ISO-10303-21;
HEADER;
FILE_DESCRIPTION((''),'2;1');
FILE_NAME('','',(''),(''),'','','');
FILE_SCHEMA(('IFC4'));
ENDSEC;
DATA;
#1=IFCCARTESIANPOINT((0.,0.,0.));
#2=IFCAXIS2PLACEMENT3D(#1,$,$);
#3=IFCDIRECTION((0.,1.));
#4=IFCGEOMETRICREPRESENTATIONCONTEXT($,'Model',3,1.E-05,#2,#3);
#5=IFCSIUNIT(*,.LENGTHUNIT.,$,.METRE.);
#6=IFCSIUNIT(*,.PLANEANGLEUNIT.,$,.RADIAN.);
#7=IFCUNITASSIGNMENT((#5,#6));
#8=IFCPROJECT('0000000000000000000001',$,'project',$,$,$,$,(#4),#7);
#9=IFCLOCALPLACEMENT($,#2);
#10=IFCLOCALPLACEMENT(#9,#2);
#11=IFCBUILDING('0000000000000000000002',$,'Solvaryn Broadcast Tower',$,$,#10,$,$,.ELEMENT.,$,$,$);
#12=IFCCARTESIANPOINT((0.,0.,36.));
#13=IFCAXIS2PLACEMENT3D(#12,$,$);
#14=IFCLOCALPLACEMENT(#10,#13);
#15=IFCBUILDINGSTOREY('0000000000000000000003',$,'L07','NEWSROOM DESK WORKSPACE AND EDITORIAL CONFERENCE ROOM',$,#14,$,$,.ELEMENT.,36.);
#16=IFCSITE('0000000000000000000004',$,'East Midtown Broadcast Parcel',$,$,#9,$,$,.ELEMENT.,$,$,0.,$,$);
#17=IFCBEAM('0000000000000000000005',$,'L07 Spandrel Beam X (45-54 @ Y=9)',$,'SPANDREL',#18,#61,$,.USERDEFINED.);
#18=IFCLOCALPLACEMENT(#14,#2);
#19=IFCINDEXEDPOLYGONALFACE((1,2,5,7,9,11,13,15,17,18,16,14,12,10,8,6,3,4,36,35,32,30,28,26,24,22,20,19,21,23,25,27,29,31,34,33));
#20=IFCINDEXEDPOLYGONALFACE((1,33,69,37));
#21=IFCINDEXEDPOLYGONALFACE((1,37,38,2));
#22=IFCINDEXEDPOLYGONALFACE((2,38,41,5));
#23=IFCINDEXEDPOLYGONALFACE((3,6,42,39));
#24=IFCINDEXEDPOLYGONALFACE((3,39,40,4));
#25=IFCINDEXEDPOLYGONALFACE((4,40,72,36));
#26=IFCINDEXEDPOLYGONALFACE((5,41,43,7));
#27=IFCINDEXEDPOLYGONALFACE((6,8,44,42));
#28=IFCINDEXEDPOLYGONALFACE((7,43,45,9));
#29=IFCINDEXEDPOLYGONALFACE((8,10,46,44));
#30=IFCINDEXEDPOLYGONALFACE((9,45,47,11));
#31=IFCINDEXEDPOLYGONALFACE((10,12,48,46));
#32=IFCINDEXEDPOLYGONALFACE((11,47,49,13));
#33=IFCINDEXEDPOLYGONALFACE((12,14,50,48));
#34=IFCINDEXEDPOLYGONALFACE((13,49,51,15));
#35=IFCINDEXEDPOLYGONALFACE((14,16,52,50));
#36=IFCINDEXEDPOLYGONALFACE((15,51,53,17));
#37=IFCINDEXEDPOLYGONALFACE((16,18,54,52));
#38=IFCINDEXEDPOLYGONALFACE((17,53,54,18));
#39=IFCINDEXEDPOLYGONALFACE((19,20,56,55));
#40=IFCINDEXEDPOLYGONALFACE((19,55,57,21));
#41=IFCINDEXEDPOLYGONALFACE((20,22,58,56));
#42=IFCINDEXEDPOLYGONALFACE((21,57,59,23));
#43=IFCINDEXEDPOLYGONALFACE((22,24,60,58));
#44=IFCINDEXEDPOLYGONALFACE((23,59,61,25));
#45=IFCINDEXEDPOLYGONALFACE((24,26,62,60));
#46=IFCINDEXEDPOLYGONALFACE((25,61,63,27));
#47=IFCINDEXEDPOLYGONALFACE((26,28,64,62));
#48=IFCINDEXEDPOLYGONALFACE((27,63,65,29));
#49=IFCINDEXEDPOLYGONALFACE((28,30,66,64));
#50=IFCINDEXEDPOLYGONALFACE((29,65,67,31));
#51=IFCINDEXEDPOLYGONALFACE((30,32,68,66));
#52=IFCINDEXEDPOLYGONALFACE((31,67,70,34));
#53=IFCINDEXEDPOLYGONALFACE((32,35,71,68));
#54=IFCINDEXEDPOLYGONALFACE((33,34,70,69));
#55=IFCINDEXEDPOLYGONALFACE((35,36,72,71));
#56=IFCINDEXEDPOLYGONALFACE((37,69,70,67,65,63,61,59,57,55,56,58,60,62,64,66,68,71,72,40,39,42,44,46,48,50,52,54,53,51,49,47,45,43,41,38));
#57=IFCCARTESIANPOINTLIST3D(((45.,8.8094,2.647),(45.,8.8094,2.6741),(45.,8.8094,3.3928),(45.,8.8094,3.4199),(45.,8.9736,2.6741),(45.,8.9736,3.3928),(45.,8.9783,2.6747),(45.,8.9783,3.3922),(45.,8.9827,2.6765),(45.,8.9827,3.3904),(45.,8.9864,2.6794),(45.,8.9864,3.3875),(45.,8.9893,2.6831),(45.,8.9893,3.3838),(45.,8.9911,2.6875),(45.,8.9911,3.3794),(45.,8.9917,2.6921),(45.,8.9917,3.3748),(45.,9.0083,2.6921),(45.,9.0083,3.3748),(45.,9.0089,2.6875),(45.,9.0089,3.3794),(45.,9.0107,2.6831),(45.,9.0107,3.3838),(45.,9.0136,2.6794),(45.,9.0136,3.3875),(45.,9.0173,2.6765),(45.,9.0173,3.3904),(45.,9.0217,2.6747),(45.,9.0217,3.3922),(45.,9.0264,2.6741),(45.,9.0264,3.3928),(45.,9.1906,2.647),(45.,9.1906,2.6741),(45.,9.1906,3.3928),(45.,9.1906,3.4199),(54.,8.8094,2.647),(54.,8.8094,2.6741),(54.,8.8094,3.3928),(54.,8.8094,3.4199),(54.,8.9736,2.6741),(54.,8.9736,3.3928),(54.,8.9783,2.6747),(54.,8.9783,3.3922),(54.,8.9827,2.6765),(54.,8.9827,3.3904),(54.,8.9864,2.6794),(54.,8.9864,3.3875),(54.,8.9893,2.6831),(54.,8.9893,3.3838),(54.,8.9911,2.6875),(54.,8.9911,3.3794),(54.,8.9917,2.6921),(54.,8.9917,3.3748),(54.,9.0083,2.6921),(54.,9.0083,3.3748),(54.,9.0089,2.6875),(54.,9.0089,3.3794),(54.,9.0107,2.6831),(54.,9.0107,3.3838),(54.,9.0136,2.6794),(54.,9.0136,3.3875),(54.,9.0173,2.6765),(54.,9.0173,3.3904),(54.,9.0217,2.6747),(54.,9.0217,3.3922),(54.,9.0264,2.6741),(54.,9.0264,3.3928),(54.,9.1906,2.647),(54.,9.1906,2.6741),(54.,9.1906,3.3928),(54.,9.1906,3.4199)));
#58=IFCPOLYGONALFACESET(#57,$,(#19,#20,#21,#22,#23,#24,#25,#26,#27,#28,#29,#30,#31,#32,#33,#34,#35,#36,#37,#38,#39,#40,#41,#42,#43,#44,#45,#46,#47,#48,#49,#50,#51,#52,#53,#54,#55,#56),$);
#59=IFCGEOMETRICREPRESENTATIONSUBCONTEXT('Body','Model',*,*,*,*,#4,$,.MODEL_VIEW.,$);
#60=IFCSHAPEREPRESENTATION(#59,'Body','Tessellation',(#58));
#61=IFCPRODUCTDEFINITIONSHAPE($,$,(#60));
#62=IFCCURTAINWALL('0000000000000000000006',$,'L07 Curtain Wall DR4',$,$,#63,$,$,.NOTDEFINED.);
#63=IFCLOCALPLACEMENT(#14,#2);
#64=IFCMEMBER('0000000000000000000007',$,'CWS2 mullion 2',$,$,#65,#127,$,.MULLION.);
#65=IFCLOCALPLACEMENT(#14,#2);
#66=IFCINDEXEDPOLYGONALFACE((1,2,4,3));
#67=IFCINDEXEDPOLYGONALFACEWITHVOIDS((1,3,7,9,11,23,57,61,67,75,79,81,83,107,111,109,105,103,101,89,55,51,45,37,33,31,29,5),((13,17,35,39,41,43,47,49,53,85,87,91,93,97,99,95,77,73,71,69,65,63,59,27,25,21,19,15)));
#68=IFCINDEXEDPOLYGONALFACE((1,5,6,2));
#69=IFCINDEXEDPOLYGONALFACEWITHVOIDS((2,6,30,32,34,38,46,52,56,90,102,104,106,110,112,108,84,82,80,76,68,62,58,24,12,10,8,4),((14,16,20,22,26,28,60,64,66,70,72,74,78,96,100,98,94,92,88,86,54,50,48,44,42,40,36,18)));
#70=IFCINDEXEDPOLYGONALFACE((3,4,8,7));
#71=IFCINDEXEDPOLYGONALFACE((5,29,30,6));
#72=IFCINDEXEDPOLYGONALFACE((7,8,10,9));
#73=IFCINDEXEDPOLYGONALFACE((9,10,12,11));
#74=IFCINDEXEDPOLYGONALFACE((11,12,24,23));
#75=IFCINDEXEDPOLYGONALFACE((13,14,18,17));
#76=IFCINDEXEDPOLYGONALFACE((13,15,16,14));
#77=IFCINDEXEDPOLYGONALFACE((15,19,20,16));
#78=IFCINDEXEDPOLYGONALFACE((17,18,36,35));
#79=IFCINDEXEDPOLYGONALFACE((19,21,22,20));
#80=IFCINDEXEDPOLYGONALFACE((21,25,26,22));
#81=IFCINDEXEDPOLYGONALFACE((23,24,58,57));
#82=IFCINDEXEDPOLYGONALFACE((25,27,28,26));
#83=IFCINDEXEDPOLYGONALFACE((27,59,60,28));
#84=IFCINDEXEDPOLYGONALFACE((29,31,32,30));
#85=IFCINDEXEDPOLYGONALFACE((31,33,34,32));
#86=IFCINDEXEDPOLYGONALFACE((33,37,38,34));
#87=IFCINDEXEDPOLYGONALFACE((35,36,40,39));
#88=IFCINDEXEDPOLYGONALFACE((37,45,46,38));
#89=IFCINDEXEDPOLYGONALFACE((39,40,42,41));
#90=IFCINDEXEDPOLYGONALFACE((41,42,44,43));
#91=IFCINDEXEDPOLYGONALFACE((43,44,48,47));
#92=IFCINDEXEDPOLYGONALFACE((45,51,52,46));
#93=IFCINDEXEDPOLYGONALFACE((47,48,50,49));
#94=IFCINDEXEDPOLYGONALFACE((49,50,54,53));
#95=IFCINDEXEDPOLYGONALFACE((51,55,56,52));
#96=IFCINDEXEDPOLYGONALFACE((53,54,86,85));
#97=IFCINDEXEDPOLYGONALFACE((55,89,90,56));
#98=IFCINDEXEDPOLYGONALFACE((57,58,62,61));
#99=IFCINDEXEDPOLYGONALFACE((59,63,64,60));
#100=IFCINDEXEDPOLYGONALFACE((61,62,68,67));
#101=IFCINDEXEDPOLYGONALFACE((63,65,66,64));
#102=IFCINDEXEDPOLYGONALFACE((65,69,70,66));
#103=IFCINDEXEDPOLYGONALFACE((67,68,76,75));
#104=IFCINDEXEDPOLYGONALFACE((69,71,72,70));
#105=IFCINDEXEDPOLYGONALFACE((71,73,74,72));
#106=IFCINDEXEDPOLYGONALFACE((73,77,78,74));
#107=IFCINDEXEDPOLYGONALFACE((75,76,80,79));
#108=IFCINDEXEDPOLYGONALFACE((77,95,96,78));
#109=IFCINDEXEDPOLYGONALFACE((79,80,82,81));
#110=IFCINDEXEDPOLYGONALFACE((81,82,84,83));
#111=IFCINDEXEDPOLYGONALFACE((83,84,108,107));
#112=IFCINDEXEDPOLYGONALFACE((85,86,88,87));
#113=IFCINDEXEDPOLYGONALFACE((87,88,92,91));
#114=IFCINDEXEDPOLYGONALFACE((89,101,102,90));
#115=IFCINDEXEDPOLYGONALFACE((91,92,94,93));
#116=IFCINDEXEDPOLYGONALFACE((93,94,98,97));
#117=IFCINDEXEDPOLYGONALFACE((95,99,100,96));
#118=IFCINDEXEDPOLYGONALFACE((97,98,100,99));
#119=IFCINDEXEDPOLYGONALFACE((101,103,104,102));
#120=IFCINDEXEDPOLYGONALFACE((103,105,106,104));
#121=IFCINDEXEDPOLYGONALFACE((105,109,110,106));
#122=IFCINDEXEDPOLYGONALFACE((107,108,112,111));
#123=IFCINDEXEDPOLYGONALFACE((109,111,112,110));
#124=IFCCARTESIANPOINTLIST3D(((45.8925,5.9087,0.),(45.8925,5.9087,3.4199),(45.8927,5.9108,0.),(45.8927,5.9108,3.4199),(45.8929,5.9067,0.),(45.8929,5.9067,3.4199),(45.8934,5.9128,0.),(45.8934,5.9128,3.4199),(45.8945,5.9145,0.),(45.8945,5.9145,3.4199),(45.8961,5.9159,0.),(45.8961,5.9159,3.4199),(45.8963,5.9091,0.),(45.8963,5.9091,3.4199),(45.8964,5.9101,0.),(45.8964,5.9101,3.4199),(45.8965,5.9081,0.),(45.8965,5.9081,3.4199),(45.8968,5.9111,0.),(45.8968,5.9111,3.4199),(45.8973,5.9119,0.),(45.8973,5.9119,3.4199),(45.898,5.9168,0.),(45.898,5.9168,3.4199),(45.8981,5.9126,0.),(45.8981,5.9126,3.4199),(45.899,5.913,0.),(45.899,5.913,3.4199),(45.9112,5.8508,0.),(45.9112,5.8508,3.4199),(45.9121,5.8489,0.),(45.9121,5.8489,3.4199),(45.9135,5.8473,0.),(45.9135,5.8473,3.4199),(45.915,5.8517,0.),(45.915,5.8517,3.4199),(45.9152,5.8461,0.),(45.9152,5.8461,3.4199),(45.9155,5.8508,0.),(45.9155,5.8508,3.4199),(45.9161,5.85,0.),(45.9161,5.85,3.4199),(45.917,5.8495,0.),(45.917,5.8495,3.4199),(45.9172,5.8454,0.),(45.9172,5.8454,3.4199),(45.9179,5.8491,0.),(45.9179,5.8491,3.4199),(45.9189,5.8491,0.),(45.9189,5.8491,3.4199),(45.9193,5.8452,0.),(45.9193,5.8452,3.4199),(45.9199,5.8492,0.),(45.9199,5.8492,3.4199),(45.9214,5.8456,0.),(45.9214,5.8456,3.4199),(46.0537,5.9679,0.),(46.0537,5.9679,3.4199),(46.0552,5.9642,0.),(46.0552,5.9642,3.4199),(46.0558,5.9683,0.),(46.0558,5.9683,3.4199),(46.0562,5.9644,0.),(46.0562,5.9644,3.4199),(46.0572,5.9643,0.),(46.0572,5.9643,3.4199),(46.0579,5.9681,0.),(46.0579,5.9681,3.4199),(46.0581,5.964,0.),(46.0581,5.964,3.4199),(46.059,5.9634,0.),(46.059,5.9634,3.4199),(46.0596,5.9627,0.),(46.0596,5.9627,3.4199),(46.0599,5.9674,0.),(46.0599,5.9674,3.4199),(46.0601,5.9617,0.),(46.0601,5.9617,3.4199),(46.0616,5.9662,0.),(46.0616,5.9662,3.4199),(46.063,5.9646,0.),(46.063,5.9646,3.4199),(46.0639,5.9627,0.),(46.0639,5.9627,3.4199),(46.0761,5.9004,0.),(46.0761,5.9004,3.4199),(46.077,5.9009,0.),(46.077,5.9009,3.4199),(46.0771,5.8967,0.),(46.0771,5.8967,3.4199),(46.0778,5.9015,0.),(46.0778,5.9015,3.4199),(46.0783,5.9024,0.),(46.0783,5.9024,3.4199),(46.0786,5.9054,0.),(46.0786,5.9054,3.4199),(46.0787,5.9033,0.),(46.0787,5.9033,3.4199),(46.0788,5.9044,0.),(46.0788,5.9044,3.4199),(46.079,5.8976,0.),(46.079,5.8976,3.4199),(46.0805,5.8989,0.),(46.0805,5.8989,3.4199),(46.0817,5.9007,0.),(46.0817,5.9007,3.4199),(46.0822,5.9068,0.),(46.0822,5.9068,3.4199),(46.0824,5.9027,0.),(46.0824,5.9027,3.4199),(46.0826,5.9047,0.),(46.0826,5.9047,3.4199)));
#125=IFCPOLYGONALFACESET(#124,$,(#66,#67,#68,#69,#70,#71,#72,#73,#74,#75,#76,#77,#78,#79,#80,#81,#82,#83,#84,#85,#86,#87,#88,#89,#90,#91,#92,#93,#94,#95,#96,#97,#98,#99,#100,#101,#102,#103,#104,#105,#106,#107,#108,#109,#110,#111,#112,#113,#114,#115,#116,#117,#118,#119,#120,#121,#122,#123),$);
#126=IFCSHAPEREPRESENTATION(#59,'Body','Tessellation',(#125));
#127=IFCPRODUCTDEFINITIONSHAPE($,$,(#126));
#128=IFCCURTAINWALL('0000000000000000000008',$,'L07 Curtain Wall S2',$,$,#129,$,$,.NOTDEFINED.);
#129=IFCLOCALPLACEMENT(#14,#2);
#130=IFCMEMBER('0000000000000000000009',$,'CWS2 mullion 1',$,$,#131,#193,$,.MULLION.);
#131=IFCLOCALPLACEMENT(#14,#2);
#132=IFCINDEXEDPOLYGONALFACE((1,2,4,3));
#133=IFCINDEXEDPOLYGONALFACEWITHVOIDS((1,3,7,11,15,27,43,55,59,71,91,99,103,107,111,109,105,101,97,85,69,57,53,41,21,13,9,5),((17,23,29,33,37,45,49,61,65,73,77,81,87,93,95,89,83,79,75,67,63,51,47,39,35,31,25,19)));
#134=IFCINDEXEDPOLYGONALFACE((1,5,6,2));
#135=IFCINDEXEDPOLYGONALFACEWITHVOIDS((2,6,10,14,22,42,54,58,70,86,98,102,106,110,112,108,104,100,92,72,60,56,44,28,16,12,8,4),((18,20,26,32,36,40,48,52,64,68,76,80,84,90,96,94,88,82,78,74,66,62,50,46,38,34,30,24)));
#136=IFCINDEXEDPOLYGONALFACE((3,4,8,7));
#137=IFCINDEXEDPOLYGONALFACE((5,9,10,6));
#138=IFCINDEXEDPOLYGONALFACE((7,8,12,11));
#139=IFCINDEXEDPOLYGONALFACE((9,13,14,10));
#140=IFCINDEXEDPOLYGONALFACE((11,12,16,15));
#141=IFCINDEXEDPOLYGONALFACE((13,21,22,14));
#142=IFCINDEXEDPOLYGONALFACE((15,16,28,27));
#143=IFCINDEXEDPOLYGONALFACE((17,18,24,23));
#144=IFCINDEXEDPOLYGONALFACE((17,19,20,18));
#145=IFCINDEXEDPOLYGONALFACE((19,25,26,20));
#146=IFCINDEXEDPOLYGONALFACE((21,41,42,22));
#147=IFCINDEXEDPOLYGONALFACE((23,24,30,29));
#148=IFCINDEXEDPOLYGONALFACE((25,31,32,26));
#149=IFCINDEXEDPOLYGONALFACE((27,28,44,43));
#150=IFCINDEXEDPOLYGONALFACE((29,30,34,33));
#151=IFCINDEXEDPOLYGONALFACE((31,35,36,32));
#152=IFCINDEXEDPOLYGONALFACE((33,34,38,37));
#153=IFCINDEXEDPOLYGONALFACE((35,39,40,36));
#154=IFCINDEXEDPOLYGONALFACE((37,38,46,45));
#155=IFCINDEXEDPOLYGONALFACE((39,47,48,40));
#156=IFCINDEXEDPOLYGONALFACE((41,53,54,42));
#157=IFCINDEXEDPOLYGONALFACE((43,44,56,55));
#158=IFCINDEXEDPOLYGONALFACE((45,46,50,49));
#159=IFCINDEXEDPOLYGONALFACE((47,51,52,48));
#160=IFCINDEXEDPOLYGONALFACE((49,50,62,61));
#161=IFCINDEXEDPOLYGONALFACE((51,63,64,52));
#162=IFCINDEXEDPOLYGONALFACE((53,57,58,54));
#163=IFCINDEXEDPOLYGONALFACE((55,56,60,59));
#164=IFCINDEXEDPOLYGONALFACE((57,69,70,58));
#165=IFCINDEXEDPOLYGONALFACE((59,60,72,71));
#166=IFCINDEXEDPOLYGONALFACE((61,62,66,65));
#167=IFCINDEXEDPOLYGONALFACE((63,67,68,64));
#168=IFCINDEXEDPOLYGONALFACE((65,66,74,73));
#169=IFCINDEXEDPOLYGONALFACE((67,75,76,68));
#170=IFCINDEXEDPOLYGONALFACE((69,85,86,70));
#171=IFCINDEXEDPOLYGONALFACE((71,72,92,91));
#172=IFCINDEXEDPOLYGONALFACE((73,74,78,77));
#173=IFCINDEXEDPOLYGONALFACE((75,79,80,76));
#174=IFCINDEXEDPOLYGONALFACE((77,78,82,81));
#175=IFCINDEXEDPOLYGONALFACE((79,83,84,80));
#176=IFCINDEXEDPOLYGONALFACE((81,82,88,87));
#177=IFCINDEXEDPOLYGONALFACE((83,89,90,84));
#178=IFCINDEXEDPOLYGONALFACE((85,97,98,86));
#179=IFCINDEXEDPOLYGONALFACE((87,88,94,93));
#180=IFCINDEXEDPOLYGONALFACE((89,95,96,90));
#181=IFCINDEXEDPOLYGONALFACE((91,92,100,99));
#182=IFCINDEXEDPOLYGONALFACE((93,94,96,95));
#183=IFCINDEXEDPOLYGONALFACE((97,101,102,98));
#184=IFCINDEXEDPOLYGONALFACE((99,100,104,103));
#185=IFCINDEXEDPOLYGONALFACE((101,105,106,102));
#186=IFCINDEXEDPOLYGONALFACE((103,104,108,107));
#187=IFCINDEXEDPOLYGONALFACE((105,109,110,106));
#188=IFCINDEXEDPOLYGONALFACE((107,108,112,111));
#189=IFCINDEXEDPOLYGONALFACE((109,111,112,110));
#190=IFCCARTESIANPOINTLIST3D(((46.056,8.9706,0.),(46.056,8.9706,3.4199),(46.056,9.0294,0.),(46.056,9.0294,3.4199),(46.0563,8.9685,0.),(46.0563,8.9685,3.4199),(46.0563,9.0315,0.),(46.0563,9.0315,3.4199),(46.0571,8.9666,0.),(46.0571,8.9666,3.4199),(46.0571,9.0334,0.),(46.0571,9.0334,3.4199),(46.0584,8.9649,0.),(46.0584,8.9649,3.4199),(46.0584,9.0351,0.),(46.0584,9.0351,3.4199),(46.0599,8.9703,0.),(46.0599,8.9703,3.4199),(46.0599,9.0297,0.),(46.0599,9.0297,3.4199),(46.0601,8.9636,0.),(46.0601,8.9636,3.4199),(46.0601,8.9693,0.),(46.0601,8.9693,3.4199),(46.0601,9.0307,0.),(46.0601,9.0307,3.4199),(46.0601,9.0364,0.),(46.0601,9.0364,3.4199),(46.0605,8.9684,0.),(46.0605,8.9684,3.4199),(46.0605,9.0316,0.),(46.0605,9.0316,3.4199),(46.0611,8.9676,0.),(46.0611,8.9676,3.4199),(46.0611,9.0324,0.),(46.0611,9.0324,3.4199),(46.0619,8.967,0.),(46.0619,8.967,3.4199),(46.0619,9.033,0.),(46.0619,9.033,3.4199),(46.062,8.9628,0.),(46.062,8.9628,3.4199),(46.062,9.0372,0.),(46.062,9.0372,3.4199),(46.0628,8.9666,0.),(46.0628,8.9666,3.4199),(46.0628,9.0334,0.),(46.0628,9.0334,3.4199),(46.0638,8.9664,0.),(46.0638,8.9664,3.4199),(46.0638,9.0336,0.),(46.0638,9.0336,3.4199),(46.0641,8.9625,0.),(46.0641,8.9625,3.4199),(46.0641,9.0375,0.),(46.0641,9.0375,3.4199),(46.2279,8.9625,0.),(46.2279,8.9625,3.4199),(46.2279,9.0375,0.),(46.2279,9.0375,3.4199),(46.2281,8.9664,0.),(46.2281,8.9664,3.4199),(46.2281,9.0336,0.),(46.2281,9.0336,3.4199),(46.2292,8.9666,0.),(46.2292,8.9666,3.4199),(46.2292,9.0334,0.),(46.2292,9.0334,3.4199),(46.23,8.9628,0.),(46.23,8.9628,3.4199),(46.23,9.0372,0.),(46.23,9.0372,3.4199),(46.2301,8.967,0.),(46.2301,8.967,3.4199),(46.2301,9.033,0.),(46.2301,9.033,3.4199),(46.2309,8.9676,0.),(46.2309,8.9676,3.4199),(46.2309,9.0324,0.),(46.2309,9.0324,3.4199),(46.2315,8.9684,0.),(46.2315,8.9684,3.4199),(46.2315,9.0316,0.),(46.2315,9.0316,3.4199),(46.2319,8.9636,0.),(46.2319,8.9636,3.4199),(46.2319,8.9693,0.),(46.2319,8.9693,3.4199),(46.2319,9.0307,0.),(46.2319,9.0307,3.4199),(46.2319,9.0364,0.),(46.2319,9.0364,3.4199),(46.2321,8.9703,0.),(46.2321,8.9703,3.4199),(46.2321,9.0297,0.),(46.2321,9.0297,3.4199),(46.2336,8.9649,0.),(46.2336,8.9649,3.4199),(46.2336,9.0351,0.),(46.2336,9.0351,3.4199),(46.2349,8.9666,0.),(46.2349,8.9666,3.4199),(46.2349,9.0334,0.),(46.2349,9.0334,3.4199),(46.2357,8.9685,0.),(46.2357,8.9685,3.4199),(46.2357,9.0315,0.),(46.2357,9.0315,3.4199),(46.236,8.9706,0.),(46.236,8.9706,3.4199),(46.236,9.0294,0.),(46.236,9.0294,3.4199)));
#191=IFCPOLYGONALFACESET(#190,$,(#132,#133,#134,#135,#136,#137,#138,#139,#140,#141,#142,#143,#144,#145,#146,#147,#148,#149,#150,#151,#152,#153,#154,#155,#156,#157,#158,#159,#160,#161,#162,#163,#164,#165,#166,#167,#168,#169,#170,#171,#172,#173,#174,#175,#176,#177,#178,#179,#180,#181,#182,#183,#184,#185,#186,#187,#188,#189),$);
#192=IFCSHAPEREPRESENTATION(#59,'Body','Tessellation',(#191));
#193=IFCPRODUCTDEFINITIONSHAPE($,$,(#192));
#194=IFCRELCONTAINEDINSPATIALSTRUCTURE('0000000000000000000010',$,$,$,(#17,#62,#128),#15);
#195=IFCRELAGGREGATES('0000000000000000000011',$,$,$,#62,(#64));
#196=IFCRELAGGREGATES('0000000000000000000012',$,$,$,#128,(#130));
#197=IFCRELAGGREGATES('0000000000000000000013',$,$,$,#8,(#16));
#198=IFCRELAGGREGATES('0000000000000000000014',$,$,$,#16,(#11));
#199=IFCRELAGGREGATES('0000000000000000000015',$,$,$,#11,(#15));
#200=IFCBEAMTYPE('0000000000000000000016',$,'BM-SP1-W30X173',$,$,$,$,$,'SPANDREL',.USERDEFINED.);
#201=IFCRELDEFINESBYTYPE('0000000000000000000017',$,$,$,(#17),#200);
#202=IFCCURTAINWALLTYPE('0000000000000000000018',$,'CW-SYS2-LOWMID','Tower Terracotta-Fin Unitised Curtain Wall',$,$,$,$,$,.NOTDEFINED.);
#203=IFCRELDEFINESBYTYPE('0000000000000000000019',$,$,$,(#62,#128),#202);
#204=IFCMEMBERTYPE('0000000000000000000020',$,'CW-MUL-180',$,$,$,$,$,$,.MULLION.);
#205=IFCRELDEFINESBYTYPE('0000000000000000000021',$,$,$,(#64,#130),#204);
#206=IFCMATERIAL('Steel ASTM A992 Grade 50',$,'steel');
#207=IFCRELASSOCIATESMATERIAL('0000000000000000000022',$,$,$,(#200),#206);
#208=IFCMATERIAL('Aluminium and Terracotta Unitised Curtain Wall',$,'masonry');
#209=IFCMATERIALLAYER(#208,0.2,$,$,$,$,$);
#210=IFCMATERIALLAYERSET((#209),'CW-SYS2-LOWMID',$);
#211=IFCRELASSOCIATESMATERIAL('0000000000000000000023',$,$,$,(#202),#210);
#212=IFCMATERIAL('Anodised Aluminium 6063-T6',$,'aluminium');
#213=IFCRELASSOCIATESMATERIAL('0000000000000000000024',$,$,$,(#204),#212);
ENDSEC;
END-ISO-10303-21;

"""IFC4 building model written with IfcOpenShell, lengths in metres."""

from ifc_helpers import new_model, si_unit, direction, frame, origin, origin_2d, place, context, subcontext, project, spatial, hollow_rectangle, i_section, extrude, material, layer, layer_set, material_profile, profile_set, type_object, element, aggregate, save


model = new_model("IFC4")

# Units and contexts
model_context = context("Model", 3, precision=1e-05, world=origin(), true_north=direction((0.0, 1.0)))
body_context = subcontext(model_context, "Body", "Model", "MODEL_VIEW")
ifc_project = project(units=[si_unit("LENGTHUNIT", "METRE"), si_unit("PLANEANGLEUNIT", "RADIAN")], contexts=[model_context])

# Site, building, storey
site_placement = place(None, origin())
site = spatial("IfcSite", under=ifc_project, at=site_placement, Name="East Midtown Broadcast Parcel", CompositionType="ELEMENT", RefElevation=0.0)
building_placement = place(site_placement, origin())
building = spatial("IfcBuilding", under=site, at=building_placement, Name="Solvaryn Broadcast Tower", CompositionType="ELEMENT")
storey_placement = place(building_placement, frame((0.0, 0.0, 36.0)))
storey = spatial("IfcBuildingStorey", under=building, at=storey_placement, Name="L07", Description="NEWSROOM DESK WORKSPACE AND EDITORIAL CONFERENCE ROOM", CompositionType="ELEMENT", Elevation=36.0)

# Beam
ifc_material_1 = material(Name="Steel ASTM A992 Grade 50", Category="steel")
ifc_material_profile_1 = material_profile(ifc_material_1, i_section(OverallWidth=0.3811, OverallDepth=0.7729, WebThickness=0.0166, FlangeThickness=0.0271, FilletRadius=0.0181, at=origin_2d()))
ifc_profile_set_1 = profile_set([ifc_material_profile_1], Name="Steel ASTM A992 Grade 50")
beam_type_1 = type_object("IfcBeamType", Name="BM-SP1-W30X173", ElementType="SPANDREL", PredefinedType="USERDEFINED", material=ifc_profile_set_1)
beam_1_placement = place(storey_placement, frame((45.0, 9.0, 3.0334), z_axis=(1.0, 0.0, 0.0), x_axis=(0.0, 1.0, 0.0)))
element("IfcBeam", 1, at=beam_1_placement, inside=storey, type_object=beam_type_1, Name="L07 Spandrel Beam X (45-54 @ Y=9)", ObjectType="SPANDREL", PredefinedType="USERDEFINED", context=body_context, shape_type="SweptSolid", body=[
    extrude(i_section(OverallWidth=0.3811, OverallDepth=0.7729, WebThickness=0.0166, FlangeThickness=0.0271, FilletRadius=0.0181, at=origin_2d()), origin(), (0.0, 0.0, 1.0), 9.0),
])

# Curtain wall, member
ifc_material_2 = material(Name="Aluminium and Terracotta Unitised Curtain Wall", Category="masonry")
ifc_layer_1 = layer(ifc_material_2, 0.2)
ifc_layer_set_1 = layer_set([ifc_layer_1], Name="CW-SYS2-LOWMID")
curtain_wall_type = type_object("IfcCurtainWallType", Name="CW-SYS2-LOWMID", Description="Tower Terracotta-Fin Unitised Curtain Wall", PredefinedType="NOTDEFINED", material=ifc_layer_set_1)
curtain_wall_1_placement = place(storey_placement, origin())
curtain_wall_1 = element("IfcCurtainWall", 2, at=curtain_wall_1_placement, inside=storey, type_object=curtain_wall_type, Name="L07 Curtain Wall DR4", PredefinedType="NOTDEFINED")
ifc_material_3 = material(Name="Anodised Aluminium 6063-T6", Category="aluminium")
ifc_material_profile_2 = material_profile(ifc_material_3, hollow_rectangle(XDim=0.075, YDim=0.1799, WallThickness=0.0039, InnerFilletRadius=0.0039, OuterFilletRadius=0.0081, at=origin_2d()))
ifc_profile_set_2 = profile_set([ifc_material_profile_2], Name="Anodised Aluminium 6063-T6")
member_type_1 = type_object("IfcMemberType", Name="CW-MUL-180", PredefinedType="MULLION", material=ifc_profile_set_2)
member_1_placement = place(storey_placement, frame((45.9875, 5.9067, 0.0), z_axis=(0.0, 0.0, 1.0), x_axis=(-0.311594, 0.950215, 0.0)))
member_1 = element("IfcMember", 3, at=member_1_placement, type_object=member_type_1, Name="CWS2 mullion 2", PredefinedType="MULLION", context=body_context, shape_type="SweptSolid", body=[
    extrude(hollow_rectangle(XDim=0.075, YDim=0.1799, WallThickness=0.0039, InnerFilletRadius=0.0039, OuterFilletRadius=0.0081, at=origin_2d()), origin(), (0.0, 0.0, 1.0), 3.4199),
])
aggregate(curtain_wall_1, [member_1])

# Curtain wall, member
curtain_wall_2_placement = place(storey_placement, origin())
curtain_wall_2 = element("IfcCurtainWall", 4, at=curtain_wall_2_placement, inside=storey, type_object=curtain_wall_type, Name="L07 Curtain Wall S2", PredefinedType="NOTDEFINED")
member_2_placement = place(storey_placement, frame((46.146, 9.0, 0.0), z_axis=(0.0, 0.0, 1.0), x_axis=(0.0, 1.0, 0.0)))
member_2 = element("IfcMember", 5, at=member_2_placement, type_object=member_type_1, Name="CWS2 mullion 1", PredefinedType="MULLION", context=body_context, shape_type="SweptSolid", body=[
    extrude(hollow_rectangle(XDim=0.075, YDim=0.1799, WallThickness=0.0039, InnerFilletRadius=0.0039, OuterFilletRadius=0.0081, at=origin_2d()), origin(), (0.0, 0.0, 1.0), 3.4199),
])
aggregate(curtain_wall_2, [member_2])

save(model, "model.ifc")
